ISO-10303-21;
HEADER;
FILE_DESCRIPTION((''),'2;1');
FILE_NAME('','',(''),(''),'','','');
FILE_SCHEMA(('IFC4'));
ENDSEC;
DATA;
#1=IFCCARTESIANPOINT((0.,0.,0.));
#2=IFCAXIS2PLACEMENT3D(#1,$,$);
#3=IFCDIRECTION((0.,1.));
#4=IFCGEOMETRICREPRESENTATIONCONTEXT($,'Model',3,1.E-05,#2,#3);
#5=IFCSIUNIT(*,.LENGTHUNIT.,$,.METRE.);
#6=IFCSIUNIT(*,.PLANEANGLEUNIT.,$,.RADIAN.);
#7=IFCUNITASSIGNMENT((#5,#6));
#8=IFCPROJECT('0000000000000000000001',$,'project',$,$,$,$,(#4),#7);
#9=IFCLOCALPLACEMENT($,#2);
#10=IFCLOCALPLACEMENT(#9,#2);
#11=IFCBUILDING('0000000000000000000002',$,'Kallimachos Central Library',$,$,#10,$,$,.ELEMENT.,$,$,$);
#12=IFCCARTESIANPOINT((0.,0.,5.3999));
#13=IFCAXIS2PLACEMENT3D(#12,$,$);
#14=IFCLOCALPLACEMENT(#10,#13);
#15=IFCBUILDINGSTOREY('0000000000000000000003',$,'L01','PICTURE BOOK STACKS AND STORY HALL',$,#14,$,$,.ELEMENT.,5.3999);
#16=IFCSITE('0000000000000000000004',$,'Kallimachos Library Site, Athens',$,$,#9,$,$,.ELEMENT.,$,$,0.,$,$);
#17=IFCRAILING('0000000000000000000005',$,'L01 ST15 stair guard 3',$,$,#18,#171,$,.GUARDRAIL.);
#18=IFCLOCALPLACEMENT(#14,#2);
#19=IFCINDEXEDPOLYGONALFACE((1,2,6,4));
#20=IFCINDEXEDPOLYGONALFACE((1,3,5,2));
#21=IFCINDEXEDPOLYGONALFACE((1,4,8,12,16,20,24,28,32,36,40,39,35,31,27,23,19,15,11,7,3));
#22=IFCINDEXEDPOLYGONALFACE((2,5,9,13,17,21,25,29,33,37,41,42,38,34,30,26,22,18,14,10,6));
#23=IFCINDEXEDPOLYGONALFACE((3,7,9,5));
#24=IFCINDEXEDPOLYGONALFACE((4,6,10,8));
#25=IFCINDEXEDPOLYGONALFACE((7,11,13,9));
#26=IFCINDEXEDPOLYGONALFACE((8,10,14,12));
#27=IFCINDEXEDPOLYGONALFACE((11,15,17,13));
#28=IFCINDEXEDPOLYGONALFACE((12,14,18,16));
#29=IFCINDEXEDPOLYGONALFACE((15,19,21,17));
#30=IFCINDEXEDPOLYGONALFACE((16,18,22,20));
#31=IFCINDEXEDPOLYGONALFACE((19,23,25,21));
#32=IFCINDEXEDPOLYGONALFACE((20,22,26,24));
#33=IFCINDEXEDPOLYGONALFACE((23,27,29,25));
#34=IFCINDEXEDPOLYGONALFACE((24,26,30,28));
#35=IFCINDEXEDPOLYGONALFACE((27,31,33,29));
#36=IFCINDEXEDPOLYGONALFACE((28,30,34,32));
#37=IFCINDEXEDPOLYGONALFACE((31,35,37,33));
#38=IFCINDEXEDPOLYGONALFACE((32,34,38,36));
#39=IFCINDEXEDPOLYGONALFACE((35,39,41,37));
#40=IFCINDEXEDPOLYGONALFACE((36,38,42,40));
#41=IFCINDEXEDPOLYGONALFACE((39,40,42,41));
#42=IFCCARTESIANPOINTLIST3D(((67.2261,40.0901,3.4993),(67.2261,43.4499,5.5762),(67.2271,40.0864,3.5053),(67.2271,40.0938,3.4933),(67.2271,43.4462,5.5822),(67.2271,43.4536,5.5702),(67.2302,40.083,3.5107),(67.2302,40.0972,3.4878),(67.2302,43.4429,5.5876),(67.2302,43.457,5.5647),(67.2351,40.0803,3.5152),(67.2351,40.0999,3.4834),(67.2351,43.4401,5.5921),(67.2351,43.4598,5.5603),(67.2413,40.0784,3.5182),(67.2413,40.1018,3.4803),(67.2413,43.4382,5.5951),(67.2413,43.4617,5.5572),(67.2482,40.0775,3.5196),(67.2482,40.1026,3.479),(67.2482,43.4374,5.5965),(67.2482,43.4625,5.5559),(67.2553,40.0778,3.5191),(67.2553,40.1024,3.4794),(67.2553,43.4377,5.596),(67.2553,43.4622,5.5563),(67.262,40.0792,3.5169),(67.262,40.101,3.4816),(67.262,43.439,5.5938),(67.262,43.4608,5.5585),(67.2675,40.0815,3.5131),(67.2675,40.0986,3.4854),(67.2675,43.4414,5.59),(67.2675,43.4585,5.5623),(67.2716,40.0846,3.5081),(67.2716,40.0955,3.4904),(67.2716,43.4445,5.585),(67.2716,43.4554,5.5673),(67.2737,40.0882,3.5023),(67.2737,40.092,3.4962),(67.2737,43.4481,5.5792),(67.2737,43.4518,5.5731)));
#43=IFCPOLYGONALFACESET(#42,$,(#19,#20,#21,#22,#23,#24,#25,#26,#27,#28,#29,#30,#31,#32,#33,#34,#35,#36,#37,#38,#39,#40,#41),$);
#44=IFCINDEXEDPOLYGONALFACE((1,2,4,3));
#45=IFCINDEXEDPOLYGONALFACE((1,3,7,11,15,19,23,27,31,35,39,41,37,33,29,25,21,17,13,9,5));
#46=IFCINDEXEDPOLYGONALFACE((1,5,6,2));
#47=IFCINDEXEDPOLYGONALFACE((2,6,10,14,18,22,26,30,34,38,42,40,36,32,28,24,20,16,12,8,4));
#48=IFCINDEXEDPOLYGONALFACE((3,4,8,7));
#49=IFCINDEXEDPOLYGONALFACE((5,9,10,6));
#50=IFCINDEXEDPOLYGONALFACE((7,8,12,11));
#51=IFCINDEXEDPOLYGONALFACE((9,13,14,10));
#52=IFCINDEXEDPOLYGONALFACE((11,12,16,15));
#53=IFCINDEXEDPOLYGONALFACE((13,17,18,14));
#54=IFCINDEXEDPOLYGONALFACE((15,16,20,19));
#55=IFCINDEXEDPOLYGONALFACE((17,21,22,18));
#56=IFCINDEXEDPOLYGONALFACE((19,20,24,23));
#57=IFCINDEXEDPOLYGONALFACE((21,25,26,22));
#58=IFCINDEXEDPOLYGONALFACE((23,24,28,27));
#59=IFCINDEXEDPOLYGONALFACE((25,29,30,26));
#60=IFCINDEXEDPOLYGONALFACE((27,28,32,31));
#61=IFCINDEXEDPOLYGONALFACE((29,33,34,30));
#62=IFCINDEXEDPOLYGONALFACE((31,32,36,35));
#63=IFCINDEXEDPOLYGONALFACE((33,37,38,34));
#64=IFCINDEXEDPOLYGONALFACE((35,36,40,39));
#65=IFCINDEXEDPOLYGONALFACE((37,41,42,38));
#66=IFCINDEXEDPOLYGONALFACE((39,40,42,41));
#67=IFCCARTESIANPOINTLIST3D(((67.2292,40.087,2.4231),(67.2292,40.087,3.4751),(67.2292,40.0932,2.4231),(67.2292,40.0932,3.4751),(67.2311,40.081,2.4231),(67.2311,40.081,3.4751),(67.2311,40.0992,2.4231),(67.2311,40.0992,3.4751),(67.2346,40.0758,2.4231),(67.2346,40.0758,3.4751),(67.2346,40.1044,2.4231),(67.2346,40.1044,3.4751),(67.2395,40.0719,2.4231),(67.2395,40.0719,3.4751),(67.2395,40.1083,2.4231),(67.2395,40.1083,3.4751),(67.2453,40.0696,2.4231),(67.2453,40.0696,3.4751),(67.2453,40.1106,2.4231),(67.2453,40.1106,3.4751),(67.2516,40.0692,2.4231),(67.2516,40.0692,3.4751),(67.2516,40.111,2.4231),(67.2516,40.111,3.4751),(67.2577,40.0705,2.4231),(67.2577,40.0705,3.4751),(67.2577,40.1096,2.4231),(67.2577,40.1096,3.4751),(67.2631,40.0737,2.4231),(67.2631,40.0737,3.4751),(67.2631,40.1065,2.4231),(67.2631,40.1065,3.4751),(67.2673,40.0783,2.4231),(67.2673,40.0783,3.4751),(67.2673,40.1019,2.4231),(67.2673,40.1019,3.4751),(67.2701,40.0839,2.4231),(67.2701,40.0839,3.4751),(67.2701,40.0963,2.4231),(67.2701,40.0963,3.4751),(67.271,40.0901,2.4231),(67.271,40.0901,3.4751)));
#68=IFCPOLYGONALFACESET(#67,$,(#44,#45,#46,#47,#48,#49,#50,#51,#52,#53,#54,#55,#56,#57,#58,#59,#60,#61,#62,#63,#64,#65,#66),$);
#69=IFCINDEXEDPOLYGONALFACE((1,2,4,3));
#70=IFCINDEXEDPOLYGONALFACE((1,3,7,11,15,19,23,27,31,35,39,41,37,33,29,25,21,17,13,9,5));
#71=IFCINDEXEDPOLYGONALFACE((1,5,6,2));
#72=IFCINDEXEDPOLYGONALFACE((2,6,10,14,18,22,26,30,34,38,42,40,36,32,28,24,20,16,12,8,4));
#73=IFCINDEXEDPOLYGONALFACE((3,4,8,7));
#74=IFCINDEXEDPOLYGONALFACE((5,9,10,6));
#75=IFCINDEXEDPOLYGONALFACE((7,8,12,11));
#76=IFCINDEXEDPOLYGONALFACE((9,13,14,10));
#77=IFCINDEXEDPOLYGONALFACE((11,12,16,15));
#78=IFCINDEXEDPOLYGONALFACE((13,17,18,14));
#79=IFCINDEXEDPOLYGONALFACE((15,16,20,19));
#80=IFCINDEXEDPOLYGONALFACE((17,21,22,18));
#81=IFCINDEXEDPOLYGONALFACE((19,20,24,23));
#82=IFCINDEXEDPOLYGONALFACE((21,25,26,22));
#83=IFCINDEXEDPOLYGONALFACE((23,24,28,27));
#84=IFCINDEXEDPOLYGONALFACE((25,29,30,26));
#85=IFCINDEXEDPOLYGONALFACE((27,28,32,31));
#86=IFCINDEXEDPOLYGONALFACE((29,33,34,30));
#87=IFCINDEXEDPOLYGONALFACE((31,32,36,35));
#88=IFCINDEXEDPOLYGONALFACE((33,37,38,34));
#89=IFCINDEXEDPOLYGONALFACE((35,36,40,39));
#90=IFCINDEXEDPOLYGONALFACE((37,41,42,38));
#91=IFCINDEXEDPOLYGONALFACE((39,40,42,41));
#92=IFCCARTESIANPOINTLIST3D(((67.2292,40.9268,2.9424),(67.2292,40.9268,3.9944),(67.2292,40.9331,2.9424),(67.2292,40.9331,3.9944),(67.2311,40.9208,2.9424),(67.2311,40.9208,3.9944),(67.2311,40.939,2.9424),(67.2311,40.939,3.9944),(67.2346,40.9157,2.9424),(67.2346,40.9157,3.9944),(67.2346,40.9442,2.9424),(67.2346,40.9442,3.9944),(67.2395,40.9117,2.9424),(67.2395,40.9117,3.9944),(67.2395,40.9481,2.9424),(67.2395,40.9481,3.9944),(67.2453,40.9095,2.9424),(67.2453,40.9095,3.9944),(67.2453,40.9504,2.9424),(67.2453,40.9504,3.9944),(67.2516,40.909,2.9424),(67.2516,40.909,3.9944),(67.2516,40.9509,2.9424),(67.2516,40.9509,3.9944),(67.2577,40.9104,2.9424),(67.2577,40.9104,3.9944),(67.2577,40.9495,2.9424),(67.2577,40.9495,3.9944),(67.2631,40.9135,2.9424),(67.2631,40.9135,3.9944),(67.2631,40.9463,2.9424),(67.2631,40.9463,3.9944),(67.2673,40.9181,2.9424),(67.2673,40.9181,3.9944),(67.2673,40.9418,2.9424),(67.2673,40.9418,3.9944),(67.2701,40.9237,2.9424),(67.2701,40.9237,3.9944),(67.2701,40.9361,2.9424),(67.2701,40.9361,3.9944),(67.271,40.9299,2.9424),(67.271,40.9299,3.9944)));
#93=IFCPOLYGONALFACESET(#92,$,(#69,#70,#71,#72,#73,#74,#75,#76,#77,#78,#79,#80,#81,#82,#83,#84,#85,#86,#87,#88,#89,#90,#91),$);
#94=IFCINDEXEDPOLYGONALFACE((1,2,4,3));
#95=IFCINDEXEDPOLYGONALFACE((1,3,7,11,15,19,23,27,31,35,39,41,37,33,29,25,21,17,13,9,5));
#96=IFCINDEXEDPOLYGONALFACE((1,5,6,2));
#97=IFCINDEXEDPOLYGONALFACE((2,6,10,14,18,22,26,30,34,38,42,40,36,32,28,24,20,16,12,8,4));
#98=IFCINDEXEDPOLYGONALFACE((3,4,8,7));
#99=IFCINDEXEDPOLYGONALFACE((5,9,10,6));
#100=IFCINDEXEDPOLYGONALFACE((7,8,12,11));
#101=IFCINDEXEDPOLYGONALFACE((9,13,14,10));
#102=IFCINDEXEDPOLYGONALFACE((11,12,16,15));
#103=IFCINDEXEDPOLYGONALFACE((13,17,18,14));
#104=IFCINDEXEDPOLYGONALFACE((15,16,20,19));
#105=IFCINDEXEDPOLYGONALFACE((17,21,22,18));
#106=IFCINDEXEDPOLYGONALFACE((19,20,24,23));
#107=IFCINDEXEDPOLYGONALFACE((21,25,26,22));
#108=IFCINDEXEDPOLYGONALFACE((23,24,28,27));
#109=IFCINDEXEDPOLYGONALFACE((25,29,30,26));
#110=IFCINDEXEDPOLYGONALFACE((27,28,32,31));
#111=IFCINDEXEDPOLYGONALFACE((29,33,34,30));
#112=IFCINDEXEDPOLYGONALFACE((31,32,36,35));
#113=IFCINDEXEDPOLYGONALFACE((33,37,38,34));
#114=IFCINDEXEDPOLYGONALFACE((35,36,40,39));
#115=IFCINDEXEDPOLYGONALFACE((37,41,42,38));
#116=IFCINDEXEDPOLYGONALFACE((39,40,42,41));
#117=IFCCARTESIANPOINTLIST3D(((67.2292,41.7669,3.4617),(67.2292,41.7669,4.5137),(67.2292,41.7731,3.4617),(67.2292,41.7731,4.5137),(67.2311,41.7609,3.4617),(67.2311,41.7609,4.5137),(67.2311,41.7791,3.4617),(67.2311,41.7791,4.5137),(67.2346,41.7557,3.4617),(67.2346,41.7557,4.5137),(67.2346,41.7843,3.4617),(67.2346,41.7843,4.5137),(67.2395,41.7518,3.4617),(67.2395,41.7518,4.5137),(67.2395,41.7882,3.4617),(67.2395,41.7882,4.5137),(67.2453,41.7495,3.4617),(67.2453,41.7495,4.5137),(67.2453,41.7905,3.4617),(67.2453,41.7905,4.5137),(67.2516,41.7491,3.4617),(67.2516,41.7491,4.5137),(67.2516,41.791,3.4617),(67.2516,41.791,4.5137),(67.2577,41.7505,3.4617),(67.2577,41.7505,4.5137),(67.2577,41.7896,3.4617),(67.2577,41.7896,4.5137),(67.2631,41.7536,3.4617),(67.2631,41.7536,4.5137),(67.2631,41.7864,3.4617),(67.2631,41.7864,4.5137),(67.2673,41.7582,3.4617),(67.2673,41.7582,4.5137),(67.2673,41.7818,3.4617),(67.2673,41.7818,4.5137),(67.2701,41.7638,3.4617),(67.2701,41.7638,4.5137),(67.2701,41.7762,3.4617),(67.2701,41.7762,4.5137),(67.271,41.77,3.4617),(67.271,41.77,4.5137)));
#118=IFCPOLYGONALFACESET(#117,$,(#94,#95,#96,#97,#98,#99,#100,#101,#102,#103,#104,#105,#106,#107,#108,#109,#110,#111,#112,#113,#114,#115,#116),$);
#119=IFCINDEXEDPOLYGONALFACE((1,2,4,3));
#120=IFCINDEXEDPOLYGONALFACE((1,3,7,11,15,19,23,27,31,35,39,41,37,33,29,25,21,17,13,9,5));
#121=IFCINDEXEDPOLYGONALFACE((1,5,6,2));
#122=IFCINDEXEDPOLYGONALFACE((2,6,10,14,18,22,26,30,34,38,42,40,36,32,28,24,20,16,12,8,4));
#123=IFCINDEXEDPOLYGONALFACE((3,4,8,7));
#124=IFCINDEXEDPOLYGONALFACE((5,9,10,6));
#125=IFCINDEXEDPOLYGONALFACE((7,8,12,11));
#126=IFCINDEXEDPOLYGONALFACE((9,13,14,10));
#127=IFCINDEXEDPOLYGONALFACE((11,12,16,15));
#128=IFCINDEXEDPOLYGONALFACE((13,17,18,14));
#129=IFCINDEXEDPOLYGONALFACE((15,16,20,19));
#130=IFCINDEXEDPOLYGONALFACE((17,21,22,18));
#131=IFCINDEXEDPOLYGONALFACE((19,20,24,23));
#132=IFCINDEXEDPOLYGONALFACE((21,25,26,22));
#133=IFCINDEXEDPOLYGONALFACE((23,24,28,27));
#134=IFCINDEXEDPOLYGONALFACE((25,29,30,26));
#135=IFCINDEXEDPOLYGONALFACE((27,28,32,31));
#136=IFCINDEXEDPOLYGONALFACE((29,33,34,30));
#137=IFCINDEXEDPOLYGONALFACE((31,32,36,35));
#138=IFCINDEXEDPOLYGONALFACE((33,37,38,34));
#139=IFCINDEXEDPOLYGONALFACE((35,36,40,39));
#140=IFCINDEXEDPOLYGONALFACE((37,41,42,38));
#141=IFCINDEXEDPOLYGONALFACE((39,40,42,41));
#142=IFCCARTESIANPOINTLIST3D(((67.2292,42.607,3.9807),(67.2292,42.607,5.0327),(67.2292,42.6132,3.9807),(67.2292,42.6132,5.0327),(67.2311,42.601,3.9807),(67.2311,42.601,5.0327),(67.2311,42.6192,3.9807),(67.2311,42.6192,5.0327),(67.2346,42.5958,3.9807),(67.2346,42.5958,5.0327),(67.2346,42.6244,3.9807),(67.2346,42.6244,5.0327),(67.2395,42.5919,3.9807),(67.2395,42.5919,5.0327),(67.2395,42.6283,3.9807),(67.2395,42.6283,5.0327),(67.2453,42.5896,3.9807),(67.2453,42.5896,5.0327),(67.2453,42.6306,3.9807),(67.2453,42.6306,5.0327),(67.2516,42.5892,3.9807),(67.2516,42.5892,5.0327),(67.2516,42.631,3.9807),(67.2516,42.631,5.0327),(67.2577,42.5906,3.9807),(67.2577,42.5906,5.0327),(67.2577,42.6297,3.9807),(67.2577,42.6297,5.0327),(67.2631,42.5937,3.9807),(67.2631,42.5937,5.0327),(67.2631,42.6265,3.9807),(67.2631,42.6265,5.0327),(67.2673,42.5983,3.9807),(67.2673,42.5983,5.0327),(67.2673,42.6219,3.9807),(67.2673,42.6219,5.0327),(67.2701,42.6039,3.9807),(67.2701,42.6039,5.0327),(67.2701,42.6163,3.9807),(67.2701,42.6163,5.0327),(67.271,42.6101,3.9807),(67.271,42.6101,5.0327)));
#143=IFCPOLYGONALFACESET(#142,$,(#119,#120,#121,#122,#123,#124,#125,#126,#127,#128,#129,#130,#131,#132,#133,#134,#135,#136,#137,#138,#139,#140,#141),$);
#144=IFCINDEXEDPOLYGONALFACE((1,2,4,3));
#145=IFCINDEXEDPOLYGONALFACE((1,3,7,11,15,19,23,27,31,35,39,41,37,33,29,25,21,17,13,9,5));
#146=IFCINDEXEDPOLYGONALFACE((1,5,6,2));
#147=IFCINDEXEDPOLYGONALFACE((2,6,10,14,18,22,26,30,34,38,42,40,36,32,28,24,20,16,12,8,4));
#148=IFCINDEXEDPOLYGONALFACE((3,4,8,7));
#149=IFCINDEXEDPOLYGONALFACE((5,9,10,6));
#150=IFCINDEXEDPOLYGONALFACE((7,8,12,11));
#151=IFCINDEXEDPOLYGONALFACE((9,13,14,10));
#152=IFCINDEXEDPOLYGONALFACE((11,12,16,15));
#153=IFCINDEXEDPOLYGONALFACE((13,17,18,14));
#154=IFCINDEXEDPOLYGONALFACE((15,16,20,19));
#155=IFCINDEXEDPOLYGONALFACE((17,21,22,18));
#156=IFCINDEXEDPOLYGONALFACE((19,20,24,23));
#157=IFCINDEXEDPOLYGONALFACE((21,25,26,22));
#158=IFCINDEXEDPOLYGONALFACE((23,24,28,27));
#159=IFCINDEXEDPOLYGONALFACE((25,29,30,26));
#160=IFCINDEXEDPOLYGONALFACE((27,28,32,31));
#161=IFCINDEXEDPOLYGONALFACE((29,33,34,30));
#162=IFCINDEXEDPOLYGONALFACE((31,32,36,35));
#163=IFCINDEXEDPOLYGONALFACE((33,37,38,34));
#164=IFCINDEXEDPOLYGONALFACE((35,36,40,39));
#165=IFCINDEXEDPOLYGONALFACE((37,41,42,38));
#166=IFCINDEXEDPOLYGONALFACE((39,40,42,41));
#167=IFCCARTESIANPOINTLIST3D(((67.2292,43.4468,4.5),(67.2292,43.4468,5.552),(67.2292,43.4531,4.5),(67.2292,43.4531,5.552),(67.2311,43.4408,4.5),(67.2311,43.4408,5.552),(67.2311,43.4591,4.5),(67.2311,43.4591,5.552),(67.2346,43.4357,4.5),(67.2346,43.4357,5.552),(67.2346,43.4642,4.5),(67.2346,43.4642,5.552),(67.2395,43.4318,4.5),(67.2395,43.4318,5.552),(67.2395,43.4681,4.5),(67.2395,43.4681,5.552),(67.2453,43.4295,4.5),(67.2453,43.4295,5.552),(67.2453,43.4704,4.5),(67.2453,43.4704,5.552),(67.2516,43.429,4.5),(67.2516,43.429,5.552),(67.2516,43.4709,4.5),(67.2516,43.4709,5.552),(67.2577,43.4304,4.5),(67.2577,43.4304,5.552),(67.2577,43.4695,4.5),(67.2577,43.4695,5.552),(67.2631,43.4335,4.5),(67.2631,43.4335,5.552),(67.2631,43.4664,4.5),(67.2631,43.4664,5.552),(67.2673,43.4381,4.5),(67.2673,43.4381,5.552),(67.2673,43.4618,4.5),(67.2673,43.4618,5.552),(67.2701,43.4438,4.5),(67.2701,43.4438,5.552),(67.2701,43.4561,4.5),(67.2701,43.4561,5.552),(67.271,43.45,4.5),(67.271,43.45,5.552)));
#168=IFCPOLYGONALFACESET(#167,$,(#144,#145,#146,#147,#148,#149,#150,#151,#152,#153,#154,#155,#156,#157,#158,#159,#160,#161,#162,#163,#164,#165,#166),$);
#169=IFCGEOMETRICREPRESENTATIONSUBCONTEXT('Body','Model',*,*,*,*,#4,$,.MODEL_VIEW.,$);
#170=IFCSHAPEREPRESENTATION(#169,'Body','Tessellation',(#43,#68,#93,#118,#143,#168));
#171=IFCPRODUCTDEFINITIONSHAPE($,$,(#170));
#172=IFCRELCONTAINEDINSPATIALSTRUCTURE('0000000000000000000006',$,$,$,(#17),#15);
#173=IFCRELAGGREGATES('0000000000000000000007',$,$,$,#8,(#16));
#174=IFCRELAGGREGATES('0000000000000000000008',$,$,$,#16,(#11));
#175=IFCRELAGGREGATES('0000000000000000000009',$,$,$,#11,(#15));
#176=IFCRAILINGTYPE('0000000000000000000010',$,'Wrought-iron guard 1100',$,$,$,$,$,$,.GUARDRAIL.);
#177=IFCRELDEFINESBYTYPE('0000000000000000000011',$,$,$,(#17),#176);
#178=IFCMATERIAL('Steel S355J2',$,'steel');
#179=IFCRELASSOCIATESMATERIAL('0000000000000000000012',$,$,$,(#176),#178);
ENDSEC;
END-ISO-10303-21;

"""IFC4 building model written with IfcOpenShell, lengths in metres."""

from ifc_helpers import new_model, si_unit, direction, frame, origin, origin_2d, place, context, subcontext, project, spatial, circle, extrude, material, type_object, element, save


model = new_model("IFC4")

# Units and contexts
model_context = context("Model", 3, precision=1e-05, world=origin(), true_north=direction((0.0, 1.0)))
body_context = subcontext(model_context, "Body", "Model", "MODEL_VIEW")
ifc_project = project(units=[si_unit("LENGTHUNIT", "METRE"), si_unit("PLANEANGLEUNIT", "RADIAN")], contexts=[model_context])

# Site, building, storey
site_placement = place(None, origin())
site = spatial("IfcSite", under=ifc_project, at=site_placement, Name="Kallimachos Library Site, Athens", CompositionType="ELEMENT", RefElevation=0.0)
building_placement = place(site_placement, origin())
building = spatial("IfcBuilding", under=site, at=building_placement, Name="Kallimachos Central Library", CompositionType="ELEMENT")
storey_placement = place(building_placement, frame((0.0, 0.0, 5.3999)))
storey = spatial("IfcBuildingStorey", under=building, at=storey_placement, Name="L01", Description="PICTURE BOOK STACKS AND STORY HALL", CompositionType="ELEMENT", Elevation=5.3999)

# Railing
ifc_material_1 = material(Name="Steel S355J2", Category="steel")
railing_type_1 = type_object("IfcRailingType", Name="Wrought-iron guard 1100", PredefinedType="GUARDRAIL", material=ifc_material_1)
railing_1_placement = place(storey_placement, frame((67.25, 40.0901, 2.4231)))
element("IfcRailing", 1, at=railing_1_placement, inside=storey, type_object=railing_type_1, Name="L01 ST15 stair guard 3", PredefinedType="GUARDRAIL", context=body_context, shape_type="SweptSolid", body=[
    extrude(circle(Radius=0.0239, at=origin_2d()), frame((0.0, 0.0, 1.0762), z_axis=(0.0, 0.850606, 0.525803), x_axis=(-1.0, 0.0, 0.0)), (0.0, 0.0, 1.0), 3.95),
    extrude(circle(Radius=0.021, at=origin_2d()), origin(), (0.0, 0.0, 1.0), 1.052),
    extrude(circle(Radius=0.021, at=origin_2d()), frame((0.0, 0.8398, 0.5193)), (0.0, 0.0, 1.0), 1.052),
    extrude(circle(Radius=0.021, at=origin_2d()), frame((0.0, 1.6799, 1.0386)), (0.0, 0.0, 1.0), 1.052),
    extrude(circle(Radius=0.021, at=origin_2d()), frame((0.0, 2.52, 1.5576)), (0.0, 0.0, 1.0), 1.052),
    extrude(circle(Radius=0.021, at=origin_2d()), frame((0.0, 3.3599, 2.0769)), (0.0, 0.0, 1.0), 1.052),
])

save(model, "model.ifc")
